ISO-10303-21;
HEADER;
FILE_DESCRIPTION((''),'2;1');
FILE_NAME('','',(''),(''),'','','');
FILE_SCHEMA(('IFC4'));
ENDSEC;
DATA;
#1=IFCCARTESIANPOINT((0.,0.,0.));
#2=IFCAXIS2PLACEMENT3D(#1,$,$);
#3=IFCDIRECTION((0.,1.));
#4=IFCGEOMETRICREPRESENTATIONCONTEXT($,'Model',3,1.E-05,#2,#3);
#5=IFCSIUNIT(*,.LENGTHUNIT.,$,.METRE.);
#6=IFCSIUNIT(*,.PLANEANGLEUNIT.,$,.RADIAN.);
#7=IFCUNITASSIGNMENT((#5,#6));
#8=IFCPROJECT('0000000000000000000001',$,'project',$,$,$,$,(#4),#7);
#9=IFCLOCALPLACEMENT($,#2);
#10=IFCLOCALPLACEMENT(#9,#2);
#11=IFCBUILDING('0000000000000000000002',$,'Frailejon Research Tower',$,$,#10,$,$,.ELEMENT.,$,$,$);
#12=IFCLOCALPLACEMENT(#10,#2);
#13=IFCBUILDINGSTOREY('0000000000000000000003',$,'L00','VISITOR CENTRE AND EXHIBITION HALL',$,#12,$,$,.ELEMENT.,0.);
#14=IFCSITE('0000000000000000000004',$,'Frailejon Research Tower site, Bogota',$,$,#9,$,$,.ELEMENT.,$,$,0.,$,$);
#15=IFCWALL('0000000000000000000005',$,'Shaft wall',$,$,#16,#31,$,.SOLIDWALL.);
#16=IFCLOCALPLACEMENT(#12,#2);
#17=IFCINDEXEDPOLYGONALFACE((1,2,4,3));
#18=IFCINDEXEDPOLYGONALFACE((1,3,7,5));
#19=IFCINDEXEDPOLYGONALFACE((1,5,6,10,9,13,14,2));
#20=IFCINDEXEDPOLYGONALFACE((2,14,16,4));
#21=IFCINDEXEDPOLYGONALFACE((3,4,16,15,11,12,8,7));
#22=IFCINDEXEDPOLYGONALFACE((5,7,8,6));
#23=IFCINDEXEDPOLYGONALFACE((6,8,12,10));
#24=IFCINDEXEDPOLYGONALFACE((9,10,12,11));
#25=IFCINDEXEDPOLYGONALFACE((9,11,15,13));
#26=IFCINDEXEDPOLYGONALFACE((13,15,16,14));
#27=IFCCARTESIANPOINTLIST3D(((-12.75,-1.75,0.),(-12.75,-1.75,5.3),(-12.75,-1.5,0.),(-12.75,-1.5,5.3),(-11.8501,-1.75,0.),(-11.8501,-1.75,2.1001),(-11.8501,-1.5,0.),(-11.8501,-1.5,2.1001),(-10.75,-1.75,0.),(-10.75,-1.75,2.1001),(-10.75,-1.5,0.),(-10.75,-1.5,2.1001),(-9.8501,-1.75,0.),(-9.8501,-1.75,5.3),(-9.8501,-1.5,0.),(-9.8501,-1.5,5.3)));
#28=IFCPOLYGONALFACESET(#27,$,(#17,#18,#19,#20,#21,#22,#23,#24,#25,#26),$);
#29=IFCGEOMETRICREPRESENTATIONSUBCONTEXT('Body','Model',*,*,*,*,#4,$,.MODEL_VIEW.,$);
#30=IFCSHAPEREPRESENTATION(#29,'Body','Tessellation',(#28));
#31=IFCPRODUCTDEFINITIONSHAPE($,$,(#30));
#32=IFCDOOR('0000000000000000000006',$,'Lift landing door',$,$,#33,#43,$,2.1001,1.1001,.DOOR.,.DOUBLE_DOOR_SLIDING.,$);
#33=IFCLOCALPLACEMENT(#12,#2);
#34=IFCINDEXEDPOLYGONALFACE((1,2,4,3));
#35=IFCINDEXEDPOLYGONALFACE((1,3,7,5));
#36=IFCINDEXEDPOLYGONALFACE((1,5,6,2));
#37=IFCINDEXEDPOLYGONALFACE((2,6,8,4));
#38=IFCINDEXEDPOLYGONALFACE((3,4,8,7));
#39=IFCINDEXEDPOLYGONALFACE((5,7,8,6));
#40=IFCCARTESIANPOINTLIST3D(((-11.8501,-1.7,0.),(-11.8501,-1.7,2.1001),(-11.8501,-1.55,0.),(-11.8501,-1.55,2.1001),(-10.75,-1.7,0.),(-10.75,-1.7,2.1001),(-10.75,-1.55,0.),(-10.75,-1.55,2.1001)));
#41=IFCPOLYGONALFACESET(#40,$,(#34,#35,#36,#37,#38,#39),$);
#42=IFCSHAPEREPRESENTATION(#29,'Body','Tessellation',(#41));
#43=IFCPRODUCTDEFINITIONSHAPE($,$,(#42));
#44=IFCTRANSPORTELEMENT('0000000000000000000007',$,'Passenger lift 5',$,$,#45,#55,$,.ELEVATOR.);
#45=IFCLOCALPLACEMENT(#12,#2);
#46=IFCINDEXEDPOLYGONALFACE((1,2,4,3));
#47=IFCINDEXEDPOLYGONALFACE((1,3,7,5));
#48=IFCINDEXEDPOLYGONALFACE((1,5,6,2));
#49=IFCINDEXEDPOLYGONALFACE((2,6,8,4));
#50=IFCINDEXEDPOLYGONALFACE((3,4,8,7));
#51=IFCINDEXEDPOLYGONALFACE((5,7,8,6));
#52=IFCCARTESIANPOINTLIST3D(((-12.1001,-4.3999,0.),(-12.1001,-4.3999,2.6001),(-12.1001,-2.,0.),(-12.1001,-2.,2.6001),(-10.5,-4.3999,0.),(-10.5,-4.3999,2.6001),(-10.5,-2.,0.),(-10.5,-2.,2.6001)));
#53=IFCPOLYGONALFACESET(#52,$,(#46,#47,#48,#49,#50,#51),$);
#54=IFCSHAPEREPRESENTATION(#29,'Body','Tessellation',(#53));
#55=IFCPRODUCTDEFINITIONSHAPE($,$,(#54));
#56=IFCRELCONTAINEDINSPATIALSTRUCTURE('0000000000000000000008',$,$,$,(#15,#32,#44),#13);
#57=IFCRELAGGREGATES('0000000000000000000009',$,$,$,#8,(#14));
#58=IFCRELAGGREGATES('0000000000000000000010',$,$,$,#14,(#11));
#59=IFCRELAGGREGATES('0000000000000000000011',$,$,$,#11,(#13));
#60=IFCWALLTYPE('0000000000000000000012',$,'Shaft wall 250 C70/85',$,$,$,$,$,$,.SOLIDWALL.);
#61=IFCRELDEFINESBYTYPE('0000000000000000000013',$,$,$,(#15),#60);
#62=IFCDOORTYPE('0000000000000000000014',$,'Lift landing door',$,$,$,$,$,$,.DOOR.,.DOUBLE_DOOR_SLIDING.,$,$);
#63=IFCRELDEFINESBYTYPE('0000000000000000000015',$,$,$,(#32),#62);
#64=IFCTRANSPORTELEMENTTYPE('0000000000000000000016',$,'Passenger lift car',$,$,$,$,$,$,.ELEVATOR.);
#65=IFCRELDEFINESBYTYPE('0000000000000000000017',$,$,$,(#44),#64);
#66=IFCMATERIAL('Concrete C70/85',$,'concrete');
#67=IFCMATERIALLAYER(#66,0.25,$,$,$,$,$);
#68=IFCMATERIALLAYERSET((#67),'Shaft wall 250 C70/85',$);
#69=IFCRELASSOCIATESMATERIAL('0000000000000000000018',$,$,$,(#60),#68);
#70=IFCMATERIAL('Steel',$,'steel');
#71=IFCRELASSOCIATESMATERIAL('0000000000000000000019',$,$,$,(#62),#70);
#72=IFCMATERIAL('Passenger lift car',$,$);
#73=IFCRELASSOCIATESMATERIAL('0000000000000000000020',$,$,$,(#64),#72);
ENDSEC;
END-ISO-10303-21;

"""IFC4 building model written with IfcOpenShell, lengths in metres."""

from ifc_helpers import new_model, si_unit, direction, frame, frame_2d, origin, origin_2d, place, context, subcontext, project, spatial, rectangle, extrude, material, layer, layer_set, type_object, element, fill, save


model = new_model("IFC4")

# Units and contexts
model_context = context("Model", 3, precision=1e-05, world=origin(), true_north=direction((0.0, 1.0)))
body_context = subcontext(model_context, "Body", "Model", "MODEL_VIEW")
ifc_project = project(units=[si_unit("LENGTHUNIT", "METRE"), si_unit("PLANEANGLEUNIT", "RADIAN")], contexts=[model_context])

# Site, building, storey
site_placement = place(None, origin())
site = spatial("IfcSite", under=ifc_project, at=site_placement, Name="Frailejon Research Tower site, Bogota", CompositionType="ELEMENT", RefElevation=0.0)
building_placement = place(site_placement, origin())
building = spatial("IfcBuilding", under=site, at=building_placement, Name="Frailejon Research Tower", CompositionType="ELEMENT")
storey_placement = place(building_placement, origin())
storey = spatial("IfcBuildingStorey", under=building, at=storey_placement, Name="L00", Description="VISITOR CENTRE AND EXHIBITION HALL", CompositionType="ELEMENT", Elevation=0.0)

# Wall, opening, door
ifc_material_1 = material(Name="Concrete C70/85", Category="concrete")
ifc_layer_1 = layer(ifc_material_1, 0.25)
ifc_layer_set_1 = layer_set([ifc_layer_1], Name="Shaft wall 250 C70/85")
wall_type_1 = type_object("IfcWallType", Name="Shaft wall 250 C70/85", PredefinedType="SOLIDWALL", material=ifc_layer_set_1)
ifc_material_2 = material(Name="Steel", Category="steel")
door_type_1 = type_object("IfcDoorType", Name="Lift landing door", OperationType="DOUBLE_DOOR_SLIDING", PredefinedType="DOOR", material=ifc_material_2)
wall_1_placement = place(storey_placement, frame((-12.75, -1.625, 0.0), z_axis=(0.0, 0.0, 1.0), x_axis=(1.0, 0.0, 0.0)))
wall_1 = element("IfcWall", 1, at=wall_1_placement, inside=storey, type_object=wall_type_1, Name="Shaft wall", PredefinedType="SOLIDWALL", context=body_context, shape_type="SweptSolid", body=[
    extrude(rectangle(XDim=2.8999, YDim=0.25, at=frame_2d((1.45, 0.0))), origin(), (0.0, 0.0, 1.0), 5.3),
])
opening_1_placement = place(wall_1_placement, frame((0.8999, 0.0, 0.0)))
opening_1 = element("IfcOpeningElement", 2, at=opening_1_placement, cuts=wall_1, PredefinedType="OPENING", context=body_context, shape_type="SweptSolid", body=[
    extrude(rectangle(XDim=1.1001, YDim=2.1001, at=frame_2d((0.55, 1.05))), frame((0.0, 0.135, 0.0), z_axis=(0.0, -1.0, 0.0), x_axis=(1.0, 0.0, 0.0)), (0.0, 0.0, 1.0), 0.27),
])
door_1_placement = place(opening_1_placement, origin())
door_1 = element("IfcDoor", 3, at=door_1_placement, inside=storey, type_object=door_type_1, Name="Lift landing door", OperationType="DOUBLE_DOOR_SLIDING", OverallHeight=2.1001, OverallWidth=1.1001, PredefinedType="DOOR", context=body_context, shape_type="SweptSolid", body=[
    extrude(rectangle(XDim=1.1001, YDim=2.1001, at=frame_2d((0.55, 1.05))), frame((0.0, 0.075, 0.0), z_axis=(0.0, -1.0, 0.0), x_axis=(1.0, 0.0, 0.0)), (0.0, 0.0, 1.0), 0.1499),
])
fill(opening_1, door_1)

# Transport element
ifc_material_3 = material(Name="Passenger lift car")
transport_element_type = type_object("IfcTransportElementType", Name="Passenger lift car", PredefinedType="ELEVATOR", material=ifc_material_3)
transport_element_placement = place(storey_placement, frame((-11.3, -3.2, 0.0), z_axis=(0.0, 0.0, 1.0), x_axis=(1.0, 0.0, 0.0)))
element("IfcTransportElement", 4, at=transport_element_placement, inside=storey, type_object=transport_element_type, Name="Passenger lift 5", PredefinedType="ELEVATOR", context=body_context, shape_type="SweptSolid", body=[
    extrude(rectangle(XDim=1.6001, YDim=2.3999, at=origin_2d()), origin(), (0.0, 0.0, 1.0), 2.6001),
])

save(model, "model.ifc")
